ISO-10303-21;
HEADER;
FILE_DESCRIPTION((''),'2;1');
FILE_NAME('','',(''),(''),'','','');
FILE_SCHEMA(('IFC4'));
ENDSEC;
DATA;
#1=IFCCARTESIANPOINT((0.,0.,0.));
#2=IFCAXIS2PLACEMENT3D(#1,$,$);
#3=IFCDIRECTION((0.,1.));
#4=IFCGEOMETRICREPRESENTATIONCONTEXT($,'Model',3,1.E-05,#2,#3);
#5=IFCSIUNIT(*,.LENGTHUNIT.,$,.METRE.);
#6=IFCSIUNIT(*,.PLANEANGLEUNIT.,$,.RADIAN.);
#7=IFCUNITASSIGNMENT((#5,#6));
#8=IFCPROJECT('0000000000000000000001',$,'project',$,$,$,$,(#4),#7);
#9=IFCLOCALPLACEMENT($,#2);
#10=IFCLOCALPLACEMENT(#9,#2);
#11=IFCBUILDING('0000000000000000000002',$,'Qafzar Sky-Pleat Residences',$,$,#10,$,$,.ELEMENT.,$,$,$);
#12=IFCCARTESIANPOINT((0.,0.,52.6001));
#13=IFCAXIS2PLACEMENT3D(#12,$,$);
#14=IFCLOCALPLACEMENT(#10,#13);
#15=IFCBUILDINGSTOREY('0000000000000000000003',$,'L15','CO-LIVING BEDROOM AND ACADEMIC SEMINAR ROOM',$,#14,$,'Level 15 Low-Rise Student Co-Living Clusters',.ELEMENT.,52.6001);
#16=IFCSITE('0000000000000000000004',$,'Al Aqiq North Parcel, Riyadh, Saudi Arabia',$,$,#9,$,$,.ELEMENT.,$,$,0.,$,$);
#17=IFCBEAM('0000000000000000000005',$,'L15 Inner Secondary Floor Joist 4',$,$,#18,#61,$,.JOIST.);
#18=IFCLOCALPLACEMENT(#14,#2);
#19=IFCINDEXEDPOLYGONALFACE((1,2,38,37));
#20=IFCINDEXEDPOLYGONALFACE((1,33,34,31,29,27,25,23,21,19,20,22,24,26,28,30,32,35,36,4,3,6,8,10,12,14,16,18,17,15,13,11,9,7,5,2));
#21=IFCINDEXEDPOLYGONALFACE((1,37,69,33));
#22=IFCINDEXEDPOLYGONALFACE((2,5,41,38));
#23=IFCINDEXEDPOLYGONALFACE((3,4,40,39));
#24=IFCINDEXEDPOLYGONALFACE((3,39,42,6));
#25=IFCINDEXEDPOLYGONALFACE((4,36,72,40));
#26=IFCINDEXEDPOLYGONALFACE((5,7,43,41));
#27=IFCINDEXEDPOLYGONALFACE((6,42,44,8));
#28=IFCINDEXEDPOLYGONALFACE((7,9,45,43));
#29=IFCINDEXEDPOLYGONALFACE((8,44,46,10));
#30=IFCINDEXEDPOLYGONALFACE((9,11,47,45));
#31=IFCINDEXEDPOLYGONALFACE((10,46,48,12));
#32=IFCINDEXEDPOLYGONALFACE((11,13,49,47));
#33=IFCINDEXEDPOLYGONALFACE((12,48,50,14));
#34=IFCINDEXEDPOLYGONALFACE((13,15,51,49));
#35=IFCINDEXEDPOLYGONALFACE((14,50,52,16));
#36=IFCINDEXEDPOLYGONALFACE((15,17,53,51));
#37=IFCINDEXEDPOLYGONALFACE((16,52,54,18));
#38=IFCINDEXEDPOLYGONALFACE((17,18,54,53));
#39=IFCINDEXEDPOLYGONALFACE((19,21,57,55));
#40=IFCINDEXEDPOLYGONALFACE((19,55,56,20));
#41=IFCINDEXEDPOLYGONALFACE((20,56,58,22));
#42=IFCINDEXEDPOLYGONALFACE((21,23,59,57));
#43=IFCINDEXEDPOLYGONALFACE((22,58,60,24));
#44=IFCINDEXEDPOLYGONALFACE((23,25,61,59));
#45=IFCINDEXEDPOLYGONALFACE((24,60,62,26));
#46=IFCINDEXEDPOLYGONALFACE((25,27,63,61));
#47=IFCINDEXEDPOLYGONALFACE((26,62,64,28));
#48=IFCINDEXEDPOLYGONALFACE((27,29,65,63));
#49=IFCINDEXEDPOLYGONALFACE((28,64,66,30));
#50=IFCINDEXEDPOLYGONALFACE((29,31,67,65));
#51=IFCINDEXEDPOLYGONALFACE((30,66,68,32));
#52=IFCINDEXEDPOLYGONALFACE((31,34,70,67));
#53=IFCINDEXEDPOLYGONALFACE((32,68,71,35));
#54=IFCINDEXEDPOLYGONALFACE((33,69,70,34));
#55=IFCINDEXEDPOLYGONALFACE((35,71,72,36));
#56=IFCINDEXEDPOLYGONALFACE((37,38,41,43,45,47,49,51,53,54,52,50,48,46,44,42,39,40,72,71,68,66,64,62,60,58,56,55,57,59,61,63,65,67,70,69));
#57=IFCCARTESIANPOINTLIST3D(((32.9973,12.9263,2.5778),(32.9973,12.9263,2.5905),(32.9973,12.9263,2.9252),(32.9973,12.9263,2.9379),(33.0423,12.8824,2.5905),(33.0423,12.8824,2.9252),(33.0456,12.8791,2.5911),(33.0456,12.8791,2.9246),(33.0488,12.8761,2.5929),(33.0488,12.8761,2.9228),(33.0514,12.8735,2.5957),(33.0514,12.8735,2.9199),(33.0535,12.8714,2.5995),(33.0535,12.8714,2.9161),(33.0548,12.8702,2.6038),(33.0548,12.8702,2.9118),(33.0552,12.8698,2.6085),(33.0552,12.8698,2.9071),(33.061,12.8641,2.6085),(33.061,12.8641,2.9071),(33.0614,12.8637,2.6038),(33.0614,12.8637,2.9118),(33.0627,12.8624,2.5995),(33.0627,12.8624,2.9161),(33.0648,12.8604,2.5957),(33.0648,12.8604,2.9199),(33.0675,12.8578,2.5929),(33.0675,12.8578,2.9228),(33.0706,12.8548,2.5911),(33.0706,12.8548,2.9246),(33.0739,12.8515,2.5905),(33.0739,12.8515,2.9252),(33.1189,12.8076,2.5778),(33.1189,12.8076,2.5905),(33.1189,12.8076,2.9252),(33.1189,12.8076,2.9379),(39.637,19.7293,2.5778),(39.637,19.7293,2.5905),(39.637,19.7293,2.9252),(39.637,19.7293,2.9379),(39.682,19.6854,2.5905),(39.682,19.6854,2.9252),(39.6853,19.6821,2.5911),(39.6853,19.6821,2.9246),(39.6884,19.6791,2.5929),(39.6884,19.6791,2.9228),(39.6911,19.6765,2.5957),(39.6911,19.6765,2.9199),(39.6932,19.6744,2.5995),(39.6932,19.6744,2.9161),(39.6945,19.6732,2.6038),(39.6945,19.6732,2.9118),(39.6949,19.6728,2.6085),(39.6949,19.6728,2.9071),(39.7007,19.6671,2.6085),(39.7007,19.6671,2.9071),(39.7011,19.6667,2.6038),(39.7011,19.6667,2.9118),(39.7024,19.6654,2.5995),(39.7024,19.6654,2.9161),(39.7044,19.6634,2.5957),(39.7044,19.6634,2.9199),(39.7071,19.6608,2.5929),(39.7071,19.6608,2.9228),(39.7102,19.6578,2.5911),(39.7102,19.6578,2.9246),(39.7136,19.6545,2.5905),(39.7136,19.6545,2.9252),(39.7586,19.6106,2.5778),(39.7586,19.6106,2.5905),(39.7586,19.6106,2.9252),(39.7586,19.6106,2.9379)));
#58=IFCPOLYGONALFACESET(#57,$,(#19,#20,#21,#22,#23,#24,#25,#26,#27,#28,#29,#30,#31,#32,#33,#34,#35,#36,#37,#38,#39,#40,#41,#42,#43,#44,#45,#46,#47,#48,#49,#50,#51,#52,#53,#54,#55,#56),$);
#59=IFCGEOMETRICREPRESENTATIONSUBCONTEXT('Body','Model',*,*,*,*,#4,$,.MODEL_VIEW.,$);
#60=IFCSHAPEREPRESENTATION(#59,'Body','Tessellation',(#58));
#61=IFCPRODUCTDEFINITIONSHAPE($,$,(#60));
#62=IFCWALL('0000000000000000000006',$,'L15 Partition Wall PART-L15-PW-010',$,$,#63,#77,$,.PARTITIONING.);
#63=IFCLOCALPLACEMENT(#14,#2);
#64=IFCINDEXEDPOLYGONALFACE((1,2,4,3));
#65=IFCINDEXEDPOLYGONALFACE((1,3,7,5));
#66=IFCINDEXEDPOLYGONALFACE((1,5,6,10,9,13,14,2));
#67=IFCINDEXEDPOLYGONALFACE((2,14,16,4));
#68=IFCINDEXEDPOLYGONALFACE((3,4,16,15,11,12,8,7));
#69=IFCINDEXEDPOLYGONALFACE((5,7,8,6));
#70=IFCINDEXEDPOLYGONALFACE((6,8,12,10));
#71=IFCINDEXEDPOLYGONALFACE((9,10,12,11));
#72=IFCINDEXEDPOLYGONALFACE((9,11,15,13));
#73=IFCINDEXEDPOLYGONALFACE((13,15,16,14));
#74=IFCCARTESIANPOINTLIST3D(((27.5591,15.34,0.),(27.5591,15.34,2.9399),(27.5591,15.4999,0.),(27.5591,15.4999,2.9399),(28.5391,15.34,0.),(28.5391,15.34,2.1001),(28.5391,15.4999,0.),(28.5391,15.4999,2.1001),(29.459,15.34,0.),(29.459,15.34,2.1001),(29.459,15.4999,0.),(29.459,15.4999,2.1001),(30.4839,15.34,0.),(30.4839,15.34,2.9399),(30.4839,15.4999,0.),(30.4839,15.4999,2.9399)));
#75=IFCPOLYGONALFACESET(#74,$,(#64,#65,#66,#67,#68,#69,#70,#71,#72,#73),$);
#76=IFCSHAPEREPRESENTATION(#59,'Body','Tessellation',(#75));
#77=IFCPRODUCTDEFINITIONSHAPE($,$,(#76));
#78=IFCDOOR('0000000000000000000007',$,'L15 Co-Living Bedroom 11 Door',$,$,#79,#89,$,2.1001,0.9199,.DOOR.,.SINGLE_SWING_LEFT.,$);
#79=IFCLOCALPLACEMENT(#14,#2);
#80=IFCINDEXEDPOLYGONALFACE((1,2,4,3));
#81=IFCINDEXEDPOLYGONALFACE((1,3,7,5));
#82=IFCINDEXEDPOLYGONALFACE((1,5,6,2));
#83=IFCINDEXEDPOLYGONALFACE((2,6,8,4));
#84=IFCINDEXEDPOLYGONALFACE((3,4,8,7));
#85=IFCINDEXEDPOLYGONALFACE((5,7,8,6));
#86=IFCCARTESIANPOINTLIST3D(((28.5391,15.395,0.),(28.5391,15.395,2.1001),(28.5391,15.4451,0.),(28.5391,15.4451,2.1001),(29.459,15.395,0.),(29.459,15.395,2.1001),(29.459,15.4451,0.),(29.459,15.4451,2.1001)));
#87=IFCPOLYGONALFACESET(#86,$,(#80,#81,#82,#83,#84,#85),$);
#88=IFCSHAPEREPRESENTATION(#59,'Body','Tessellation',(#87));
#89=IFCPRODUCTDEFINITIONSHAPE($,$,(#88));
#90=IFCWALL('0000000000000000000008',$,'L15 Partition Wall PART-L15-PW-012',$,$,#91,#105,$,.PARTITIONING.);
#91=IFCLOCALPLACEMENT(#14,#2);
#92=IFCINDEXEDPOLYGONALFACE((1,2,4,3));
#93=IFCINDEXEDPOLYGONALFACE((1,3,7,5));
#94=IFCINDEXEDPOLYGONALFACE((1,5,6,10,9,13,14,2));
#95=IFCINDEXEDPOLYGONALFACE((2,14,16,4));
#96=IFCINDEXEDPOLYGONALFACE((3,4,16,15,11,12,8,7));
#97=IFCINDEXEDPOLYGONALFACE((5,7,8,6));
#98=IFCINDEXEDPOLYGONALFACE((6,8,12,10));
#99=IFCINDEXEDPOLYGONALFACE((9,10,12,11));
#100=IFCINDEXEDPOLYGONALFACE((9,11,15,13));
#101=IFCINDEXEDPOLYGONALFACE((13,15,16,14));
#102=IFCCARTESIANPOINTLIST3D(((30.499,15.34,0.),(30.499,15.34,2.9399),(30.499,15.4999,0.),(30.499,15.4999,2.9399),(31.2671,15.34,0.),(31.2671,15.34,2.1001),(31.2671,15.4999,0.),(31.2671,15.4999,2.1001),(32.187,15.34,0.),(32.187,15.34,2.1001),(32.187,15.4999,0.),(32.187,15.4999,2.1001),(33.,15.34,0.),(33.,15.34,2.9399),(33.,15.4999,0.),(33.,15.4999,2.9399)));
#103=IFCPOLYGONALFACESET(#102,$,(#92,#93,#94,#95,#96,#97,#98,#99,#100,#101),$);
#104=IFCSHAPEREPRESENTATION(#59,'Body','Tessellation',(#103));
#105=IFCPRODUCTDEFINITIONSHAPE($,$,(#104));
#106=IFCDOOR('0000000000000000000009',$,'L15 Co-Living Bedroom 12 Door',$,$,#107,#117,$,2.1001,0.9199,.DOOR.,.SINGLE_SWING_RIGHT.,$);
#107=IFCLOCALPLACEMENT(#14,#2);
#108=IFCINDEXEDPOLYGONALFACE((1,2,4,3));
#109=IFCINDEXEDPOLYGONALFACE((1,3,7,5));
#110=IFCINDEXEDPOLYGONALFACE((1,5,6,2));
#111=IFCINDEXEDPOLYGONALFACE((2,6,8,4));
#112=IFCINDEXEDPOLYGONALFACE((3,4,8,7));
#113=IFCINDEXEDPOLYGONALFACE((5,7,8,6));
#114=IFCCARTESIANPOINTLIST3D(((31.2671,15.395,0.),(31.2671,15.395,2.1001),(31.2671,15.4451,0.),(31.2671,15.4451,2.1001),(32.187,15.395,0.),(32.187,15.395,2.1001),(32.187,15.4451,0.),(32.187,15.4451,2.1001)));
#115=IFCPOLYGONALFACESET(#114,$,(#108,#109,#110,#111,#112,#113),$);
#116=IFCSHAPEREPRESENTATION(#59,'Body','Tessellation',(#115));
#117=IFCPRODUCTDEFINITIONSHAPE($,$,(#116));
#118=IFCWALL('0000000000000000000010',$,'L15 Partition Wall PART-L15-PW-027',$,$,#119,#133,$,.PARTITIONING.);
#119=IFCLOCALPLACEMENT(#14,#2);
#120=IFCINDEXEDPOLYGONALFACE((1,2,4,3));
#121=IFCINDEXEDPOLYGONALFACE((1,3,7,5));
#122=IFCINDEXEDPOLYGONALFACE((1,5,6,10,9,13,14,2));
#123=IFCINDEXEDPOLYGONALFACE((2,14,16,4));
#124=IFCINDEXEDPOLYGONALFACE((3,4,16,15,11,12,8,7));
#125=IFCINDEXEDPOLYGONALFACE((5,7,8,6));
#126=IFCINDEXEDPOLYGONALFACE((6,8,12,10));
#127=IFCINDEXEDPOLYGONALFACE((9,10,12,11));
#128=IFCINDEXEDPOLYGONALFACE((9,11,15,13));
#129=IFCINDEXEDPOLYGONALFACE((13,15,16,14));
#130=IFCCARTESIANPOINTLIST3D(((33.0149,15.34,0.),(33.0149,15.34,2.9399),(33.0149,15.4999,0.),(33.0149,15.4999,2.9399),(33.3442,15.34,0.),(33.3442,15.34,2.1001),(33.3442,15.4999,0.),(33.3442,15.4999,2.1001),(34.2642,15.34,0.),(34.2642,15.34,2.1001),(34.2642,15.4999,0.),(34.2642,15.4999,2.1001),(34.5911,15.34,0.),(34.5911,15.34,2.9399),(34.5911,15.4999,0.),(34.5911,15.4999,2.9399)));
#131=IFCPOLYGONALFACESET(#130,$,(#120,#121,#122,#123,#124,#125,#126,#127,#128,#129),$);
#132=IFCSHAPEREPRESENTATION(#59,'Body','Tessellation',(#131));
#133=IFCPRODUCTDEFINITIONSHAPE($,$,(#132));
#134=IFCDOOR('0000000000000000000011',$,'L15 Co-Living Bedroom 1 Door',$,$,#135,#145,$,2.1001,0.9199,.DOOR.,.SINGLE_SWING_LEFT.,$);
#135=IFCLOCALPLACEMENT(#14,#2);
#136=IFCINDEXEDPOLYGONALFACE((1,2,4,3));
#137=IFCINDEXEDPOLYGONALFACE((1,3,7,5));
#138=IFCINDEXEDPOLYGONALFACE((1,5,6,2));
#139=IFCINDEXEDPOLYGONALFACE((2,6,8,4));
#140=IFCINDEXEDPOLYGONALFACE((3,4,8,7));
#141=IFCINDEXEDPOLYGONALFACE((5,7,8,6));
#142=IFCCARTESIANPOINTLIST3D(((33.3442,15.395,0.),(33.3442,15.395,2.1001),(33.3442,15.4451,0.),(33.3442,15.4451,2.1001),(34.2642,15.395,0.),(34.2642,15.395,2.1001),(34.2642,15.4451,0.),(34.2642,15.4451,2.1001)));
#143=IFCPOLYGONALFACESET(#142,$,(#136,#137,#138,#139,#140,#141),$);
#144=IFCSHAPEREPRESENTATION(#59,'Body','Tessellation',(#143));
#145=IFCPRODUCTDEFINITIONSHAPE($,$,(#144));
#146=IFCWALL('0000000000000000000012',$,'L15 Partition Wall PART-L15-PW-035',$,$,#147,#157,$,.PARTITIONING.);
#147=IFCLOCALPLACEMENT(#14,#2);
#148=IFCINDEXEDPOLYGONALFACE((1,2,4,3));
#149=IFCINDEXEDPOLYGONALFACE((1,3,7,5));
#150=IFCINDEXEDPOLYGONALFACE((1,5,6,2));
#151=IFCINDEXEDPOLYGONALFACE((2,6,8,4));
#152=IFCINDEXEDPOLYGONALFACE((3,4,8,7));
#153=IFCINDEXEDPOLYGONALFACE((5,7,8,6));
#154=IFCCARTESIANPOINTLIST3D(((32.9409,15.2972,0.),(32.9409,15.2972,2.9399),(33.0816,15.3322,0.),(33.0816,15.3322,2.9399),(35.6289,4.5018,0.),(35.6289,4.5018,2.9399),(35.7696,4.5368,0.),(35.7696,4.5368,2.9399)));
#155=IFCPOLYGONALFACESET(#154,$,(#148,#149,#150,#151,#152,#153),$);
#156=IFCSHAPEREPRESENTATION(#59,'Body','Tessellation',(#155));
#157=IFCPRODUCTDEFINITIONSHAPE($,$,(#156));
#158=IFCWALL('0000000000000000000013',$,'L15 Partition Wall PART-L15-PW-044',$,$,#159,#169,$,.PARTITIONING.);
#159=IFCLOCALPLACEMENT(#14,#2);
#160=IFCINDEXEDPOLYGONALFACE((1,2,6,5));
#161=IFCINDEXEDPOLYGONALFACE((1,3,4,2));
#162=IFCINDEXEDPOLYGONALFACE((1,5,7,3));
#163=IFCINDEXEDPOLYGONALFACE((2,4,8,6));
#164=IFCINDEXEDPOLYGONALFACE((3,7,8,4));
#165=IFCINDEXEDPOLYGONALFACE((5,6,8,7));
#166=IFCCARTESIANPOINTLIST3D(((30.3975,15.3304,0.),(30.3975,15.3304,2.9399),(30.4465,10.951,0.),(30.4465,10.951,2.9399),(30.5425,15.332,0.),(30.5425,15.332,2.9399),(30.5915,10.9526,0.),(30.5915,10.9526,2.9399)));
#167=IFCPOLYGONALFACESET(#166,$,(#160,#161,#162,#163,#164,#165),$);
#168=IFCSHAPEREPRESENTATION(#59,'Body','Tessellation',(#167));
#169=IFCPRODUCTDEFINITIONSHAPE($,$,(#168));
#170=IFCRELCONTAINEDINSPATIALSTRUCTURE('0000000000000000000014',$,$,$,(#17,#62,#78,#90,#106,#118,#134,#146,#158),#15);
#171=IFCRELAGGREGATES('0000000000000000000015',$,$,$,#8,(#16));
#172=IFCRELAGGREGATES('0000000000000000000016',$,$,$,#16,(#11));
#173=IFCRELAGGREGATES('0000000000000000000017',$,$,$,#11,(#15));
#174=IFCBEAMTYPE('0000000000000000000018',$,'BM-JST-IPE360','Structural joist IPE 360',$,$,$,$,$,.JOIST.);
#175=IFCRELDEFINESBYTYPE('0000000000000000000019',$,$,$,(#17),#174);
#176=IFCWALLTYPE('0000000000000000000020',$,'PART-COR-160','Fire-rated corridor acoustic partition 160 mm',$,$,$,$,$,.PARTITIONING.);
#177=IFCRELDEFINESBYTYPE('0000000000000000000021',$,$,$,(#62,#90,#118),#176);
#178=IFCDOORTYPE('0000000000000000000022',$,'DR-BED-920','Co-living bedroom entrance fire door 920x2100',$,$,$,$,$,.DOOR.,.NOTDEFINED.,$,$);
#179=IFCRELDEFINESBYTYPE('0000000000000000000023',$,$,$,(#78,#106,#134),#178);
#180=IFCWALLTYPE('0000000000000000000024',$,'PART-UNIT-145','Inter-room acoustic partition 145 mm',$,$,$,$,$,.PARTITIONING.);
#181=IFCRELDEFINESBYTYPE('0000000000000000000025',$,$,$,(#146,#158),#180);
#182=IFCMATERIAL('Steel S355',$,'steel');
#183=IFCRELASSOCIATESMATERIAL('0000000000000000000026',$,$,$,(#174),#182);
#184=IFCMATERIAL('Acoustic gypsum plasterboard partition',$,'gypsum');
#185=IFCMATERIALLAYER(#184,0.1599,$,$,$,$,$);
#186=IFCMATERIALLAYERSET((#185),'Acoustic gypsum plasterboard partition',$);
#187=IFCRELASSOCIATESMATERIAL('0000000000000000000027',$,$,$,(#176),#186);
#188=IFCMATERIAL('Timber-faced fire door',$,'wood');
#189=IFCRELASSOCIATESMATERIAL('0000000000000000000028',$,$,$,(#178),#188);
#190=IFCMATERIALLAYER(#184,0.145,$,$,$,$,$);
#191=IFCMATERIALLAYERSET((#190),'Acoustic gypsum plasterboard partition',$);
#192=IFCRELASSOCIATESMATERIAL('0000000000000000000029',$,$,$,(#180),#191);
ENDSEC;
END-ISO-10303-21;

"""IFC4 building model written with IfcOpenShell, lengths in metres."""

from ifc_helpers import new_model, si_unit, direction, frame, frame_2d, origin, origin_2d, place, context, subcontext, project, spatial, rectangle, i_section, extrude, source, transform, mapped, material, layer, layer_set, material_profile, profile_set, type_object, element, fill, save


model = new_model("IFC4")

# Units and contexts
model_context = context("Model", 3, precision=1e-05, world=origin(), true_north=direction((0.0, 1.0)))
body_context = subcontext(model_context, "Body", "Model", "MODEL_VIEW")
ifc_project = project(units=[si_unit("LENGTHUNIT", "METRE"), si_unit("PLANEANGLEUNIT", "RADIAN")], contexts=[model_context])

# Site, building, storey
site_placement = place(None, origin())
site = spatial("IfcSite", under=ifc_project, at=site_placement, Name="Al Aqiq North Parcel, Riyadh, Saudi Arabia", CompositionType="ELEMENT", RefElevation=0.0)
building_placement = place(site_placement, origin())
building = spatial("IfcBuilding", under=site, at=building_placement, Name="Qafzar Sky-Pleat Residences", CompositionType="ELEMENT")
storey_placement = place(building_placement, frame((0.0, 0.0, 52.6001)))
storey = spatial("IfcBuildingStorey", under=building, at=storey_placement, Name="L15", Description="CO-LIVING BEDROOM AND ACADEMIC SEMINAR ROOM", LongName="Level 15 Low-Rise Student Co-Living Clusters", CompositionType="ELEMENT", Elevation=52.6001)

# Beam
ifc_material_1 = material(Name="Steel S355", Category="steel")
ifc_material_profile_1 = material_profile(ifc_material_1, i_section(OverallWidth=0.1699, OverallDepth=0.3601, WebThickness=0.0081, FlangeThickness=0.0127, FilletRadius=0.0181, at=origin_2d()), Name="IPE 360")
ifc_profile_set_1 = profile_set([ifc_material_profile_1], Name="Steel S355")
beam_type_1 = type_object("IfcBeamType", Name="BM-JST-IPE360", Description="Structural joist IPE 360", PredefinedType="JOIST", material=ifc_profile_set_1)
shared_shape_1 = source(origin(), body_context, "Body", "SweptSolid", [
    extrude(i_section(OverallWidth=0.1699, OverallDepth=0.3601, WebThickness=0.0081, FlangeThickness=0.0127, FilletRadius=0.0181, at=origin_2d()), origin(), (0.0, 0.0, 1.0), 9.5061),
])
beam_1_placement = place(storey_placement, frame((33.0581, 12.8669, 2.7578), z_axis=(0.698464, 0.715645, 0.0), x_axis=(-0.715645, 0.698464, 0.0)))
element("IfcBeam", 1, at=beam_1_placement, inside=storey, type_object=beam_type_1, Name="L15 Inner Secondary Floor Joist 4", PredefinedType="JOIST", context=body_context, shape_type="MappedRepresentation", body=[
    mapped(shared_shape_1, transform((0.0, 0.0, 0.0), x_axis=(1.0, 0.0, 0.0), y_axis=(0.0, 1.0, 0.0), z_axis=(0.0, 0.0, 1.0), scale=1.0)),
])

# Walls, openings, doors
ifc_material_2 = material(Name="Acoustic gypsum plasterboard partition", Category="gypsum")
ifc_layer_1 = layer(ifc_material_2, 0.1599)
ifc_layer_set_1 = layer_set([ifc_layer_1], Name="Acoustic gypsum plasterboard partition")
wall_type_1 = type_object("IfcWallType", Name="PART-COR-160", Description="Fire-rated corridor acoustic partition 160 mm", PredefinedType="PARTITIONING", material=ifc_layer_set_1)
wall_1_placement = place(storey_placement, frame((30.4839, 15.4199, 0.0), z_axis=(0.0, 0.0, 1.0), x_axis=(-1.0, 0.0, 0.0)))
wall_1 = element("IfcWall", 2, at=wall_1_placement, inside=storey, type_object=wall_type_1, Name="L15 Partition Wall PART-L15-PW-010", PredefinedType="PARTITIONING", context=body_context, shape_type="SweptSolid", body=[
    extrude(rectangle(XDim=2.9248, YDim=0.1599, at=frame_2d((1.4624, 0.0))), origin(), (0.0, 0.0, 1.0), 2.9399),
])
opening_1_placement = place(wall_1_placement, frame((1.0249, 0.0, 0.0)))
opening_1 = element("IfcOpeningElement", 3, at=opening_1_placement, cuts=wall_1, PredefinedType="OPENING", context=body_context, shape_type="SweptSolid", body=[
    extrude(rectangle(XDim=0.9199, YDim=2.1001, at=frame_2d((0.46, 1.05))), frame((0.0, 0.0898, 0.0), z_axis=(0.0, -1.0, 0.0), x_axis=(1.0, 0.0, 0.0)), (0.0, 0.0, 1.0), 0.1799),
])
ifc_material_3 = material(Name="Timber-faced fire door", Category="wood")
door_type_1 = type_object("IfcDoorType", Name="DR-BED-920", Description="Co-living bedroom entrance fire door 920x2100", OperationType="NOTDEFINED", PredefinedType="DOOR", material=ifc_material_3)
shared_shape_2 = source(origin(), body_context, "Body", "SweptSolid", [
    extrude(rectangle(XDim=0.9199, YDim=2.1001, at=frame_2d((0.46, 1.05))), frame((0.0, 0.0249, 0.0), z_axis=(0.0, -1.0, 0.0), x_axis=(1.0, 0.0, 0.0)), (0.0, 0.0, 1.0), 0.05),
])
door_1_placement = place(opening_1_placement, origin())
door_1 = element("IfcDoor", 4, at=door_1_placement, inside=storey, type_object=door_type_1, Name="L15 Co-Living Bedroom 11 Door", OperationType="SINGLE_SWING_LEFT", OverallHeight=2.1001, OverallWidth=0.9199, PredefinedType="DOOR", context=body_context, shape_type="MappedRepresentation", body=[
    mapped(shared_shape_2, transform((0.0, 0.0, 0.0), x_axis=(1.0, 0.0, 0.0), y_axis=(0.0, 1.0, 0.0), z_axis=(0.0, 0.0, 1.0), scale=1.0)),
])
fill(opening_1, door_1)
wall_2_placement = place(storey_placement, frame((33.0, 15.4199, 0.0), z_axis=(0.0, 0.0, 1.0), x_axis=(-1.0, 0.0, 0.0)))
wall_2 = element("IfcWall", 5, at=wall_2_placement, inside=storey, type_object=wall_type_1, Name="L15 Partition Wall PART-L15-PW-012", PredefinedType="PARTITIONING", context=body_context, shape_type="SweptSolid", body=[
    extrude(rectangle(XDim=2.501, YDim=0.1599, at=frame_2d((1.2505, 0.0))), origin(), (0.0, 0.0, 1.0), 2.9399),
])
opening_2_placement = place(wall_2_placement, frame((0.813, 0.0, 0.0)))
opening_2 = element("IfcOpeningElement", 6, at=opening_2_placement, cuts=wall_2, PredefinedType="OPENING", context=body_context, shape_type="SweptSolid", body=[
    extrude(rectangle(XDim=0.9199, YDim=2.1001, at=frame_2d((0.46, 1.05))), frame((0.0, 0.0898, 0.0), z_axis=(0.0, -1.0, 0.0), x_axis=(1.0, 0.0, 0.0)), (0.0, 0.0, 1.0), 0.1799),
])
door_2_placement = place(opening_2_placement, origin())
door_2 = element("IfcDoor", 7, at=door_2_placement, inside=storey, type_object=door_type_1, Name="L15 Co-Living Bedroom 12 Door", OperationType="SINGLE_SWING_RIGHT", OverallHeight=2.1001, OverallWidth=0.9199, PredefinedType="DOOR", context=body_context, shape_type="MappedRepresentation", body=[
    mapped(shared_shape_2, transform((0.0, 0.0, 0.0), x_axis=(1.0, 0.0, 0.0), y_axis=(0.0, 1.0, 0.0), z_axis=(0.0, 0.0, 1.0), scale=1.0)),
])
fill(opening_2, door_2)
wall_3_placement = place(storey_placement, frame((34.5911, 15.4199, 0.0), z_axis=(0.0, 0.0, 1.0), x_axis=(-1.0, 0.0, 0.0)))
wall_3 = element("IfcWall", 8, at=wall_3_placement, inside=storey, type_object=wall_type_1, Name="L15 Partition Wall PART-L15-PW-027", PredefinedType="PARTITIONING", context=body_context, shape_type="SweptSolid", body=[
    extrude(rectangle(XDim=1.5762, YDim=0.1599, at=frame_2d((0.7881, 0.0))), origin(), (0.0, 0.0, 1.0), 2.9399),
])
opening_3_placement = place(wall_3_placement, frame((0.3269, 0.0, 0.0)))
opening_3 = element("IfcOpeningElement", 9, at=opening_3_placement, cuts=wall_3, PredefinedType="OPENING", context=body_context, shape_type="SweptSolid", body=[
    extrude(rectangle(XDim=0.9199, YDim=2.1001, at=frame_2d((0.46, 1.05))), frame((0.0, 0.0898, 0.0), z_axis=(0.0, -1.0, 0.0), x_axis=(1.0, 0.0, 0.0)), (0.0, 0.0, 1.0), 0.1799),
])
door_3_placement = place(opening_3_placement, origin())
door_3 = element("IfcDoor", 10, at=door_3_placement, inside=storey, type_object=door_type_1, Name="L15 Co-Living Bedroom 1 Door", OperationType="SINGLE_SWING_LEFT", OverallHeight=2.1001, OverallWidth=0.9199, PredefinedType="DOOR", context=body_context, shape_type="MappedRepresentation", body=[
    mapped(shared_shape_2, transform((0.0, 0.0, 0.0), x_axis=(1.0, 0.0, 0.0), y_axis=(0.0, 1.0, 0.0), z_axis=(0.0, 0.0, 1.0), scale=1.0)),
])
fill(opening_3, door_3)

# Walls
ifc_layer_2 = layer(ifc_material_2, 0.145)
ifc_layer_set_2 = layer_set([ifc_layer_2], Name="Acoustic gypsum plasterboard partition")
wall_type_2 = type_object("IfcWallType", Name="PART-UNIT-145", Description="Inter-room acoustic partition 145 mm", PredefinedType="PARTITIONING", material=ifc_layer_set_2)
wall_4_placement = place(storey_placement, frame((33.0112, 15.3147, 0.0), z_axis=(0.0, 0.0, 1.0), x_axis=(0.241616, -0.970372, 0.0)))
element("IfcWall", 11, at=wall_4_placement, inside=storey, type_object=wall_type_2, Name="L15 Partition Wall PART-L15-PW-035", PredefinedType="PARTITIONING", context=body_context, shape_type="SweptSolid", body=[
    extrude(rectangle(XDim=11.125, YDim=0.145, at=frame_2d((5.5625, 0.0))), origin(), (0.0, 0.0, 1.0), 2.9399),
])
wall_5_placement = place(storey_placement, frame((30.47, 15.3313, 0.0), z_axis=(0.0, 0.0, 1.0), x_axis=(0.011205, -0.999937, 0.0)))
element("IfcWall", 12, at=wall_5_placement, inside=storey, type_object=wall_type_2, Name="L15 Partition Wall PART-L15-PW-044", PredefinedType="PARTITIONING", context=body_context, shape_type="SweptSolid", body=[
    extrude(rectangle(XDim=4.3796, YDim=0.145, at=frame_2d((2.1899, 0.0))), origin(), (0.0, 0.0, 1.0), 2.9399),
])

save(model, "model.ifc")
